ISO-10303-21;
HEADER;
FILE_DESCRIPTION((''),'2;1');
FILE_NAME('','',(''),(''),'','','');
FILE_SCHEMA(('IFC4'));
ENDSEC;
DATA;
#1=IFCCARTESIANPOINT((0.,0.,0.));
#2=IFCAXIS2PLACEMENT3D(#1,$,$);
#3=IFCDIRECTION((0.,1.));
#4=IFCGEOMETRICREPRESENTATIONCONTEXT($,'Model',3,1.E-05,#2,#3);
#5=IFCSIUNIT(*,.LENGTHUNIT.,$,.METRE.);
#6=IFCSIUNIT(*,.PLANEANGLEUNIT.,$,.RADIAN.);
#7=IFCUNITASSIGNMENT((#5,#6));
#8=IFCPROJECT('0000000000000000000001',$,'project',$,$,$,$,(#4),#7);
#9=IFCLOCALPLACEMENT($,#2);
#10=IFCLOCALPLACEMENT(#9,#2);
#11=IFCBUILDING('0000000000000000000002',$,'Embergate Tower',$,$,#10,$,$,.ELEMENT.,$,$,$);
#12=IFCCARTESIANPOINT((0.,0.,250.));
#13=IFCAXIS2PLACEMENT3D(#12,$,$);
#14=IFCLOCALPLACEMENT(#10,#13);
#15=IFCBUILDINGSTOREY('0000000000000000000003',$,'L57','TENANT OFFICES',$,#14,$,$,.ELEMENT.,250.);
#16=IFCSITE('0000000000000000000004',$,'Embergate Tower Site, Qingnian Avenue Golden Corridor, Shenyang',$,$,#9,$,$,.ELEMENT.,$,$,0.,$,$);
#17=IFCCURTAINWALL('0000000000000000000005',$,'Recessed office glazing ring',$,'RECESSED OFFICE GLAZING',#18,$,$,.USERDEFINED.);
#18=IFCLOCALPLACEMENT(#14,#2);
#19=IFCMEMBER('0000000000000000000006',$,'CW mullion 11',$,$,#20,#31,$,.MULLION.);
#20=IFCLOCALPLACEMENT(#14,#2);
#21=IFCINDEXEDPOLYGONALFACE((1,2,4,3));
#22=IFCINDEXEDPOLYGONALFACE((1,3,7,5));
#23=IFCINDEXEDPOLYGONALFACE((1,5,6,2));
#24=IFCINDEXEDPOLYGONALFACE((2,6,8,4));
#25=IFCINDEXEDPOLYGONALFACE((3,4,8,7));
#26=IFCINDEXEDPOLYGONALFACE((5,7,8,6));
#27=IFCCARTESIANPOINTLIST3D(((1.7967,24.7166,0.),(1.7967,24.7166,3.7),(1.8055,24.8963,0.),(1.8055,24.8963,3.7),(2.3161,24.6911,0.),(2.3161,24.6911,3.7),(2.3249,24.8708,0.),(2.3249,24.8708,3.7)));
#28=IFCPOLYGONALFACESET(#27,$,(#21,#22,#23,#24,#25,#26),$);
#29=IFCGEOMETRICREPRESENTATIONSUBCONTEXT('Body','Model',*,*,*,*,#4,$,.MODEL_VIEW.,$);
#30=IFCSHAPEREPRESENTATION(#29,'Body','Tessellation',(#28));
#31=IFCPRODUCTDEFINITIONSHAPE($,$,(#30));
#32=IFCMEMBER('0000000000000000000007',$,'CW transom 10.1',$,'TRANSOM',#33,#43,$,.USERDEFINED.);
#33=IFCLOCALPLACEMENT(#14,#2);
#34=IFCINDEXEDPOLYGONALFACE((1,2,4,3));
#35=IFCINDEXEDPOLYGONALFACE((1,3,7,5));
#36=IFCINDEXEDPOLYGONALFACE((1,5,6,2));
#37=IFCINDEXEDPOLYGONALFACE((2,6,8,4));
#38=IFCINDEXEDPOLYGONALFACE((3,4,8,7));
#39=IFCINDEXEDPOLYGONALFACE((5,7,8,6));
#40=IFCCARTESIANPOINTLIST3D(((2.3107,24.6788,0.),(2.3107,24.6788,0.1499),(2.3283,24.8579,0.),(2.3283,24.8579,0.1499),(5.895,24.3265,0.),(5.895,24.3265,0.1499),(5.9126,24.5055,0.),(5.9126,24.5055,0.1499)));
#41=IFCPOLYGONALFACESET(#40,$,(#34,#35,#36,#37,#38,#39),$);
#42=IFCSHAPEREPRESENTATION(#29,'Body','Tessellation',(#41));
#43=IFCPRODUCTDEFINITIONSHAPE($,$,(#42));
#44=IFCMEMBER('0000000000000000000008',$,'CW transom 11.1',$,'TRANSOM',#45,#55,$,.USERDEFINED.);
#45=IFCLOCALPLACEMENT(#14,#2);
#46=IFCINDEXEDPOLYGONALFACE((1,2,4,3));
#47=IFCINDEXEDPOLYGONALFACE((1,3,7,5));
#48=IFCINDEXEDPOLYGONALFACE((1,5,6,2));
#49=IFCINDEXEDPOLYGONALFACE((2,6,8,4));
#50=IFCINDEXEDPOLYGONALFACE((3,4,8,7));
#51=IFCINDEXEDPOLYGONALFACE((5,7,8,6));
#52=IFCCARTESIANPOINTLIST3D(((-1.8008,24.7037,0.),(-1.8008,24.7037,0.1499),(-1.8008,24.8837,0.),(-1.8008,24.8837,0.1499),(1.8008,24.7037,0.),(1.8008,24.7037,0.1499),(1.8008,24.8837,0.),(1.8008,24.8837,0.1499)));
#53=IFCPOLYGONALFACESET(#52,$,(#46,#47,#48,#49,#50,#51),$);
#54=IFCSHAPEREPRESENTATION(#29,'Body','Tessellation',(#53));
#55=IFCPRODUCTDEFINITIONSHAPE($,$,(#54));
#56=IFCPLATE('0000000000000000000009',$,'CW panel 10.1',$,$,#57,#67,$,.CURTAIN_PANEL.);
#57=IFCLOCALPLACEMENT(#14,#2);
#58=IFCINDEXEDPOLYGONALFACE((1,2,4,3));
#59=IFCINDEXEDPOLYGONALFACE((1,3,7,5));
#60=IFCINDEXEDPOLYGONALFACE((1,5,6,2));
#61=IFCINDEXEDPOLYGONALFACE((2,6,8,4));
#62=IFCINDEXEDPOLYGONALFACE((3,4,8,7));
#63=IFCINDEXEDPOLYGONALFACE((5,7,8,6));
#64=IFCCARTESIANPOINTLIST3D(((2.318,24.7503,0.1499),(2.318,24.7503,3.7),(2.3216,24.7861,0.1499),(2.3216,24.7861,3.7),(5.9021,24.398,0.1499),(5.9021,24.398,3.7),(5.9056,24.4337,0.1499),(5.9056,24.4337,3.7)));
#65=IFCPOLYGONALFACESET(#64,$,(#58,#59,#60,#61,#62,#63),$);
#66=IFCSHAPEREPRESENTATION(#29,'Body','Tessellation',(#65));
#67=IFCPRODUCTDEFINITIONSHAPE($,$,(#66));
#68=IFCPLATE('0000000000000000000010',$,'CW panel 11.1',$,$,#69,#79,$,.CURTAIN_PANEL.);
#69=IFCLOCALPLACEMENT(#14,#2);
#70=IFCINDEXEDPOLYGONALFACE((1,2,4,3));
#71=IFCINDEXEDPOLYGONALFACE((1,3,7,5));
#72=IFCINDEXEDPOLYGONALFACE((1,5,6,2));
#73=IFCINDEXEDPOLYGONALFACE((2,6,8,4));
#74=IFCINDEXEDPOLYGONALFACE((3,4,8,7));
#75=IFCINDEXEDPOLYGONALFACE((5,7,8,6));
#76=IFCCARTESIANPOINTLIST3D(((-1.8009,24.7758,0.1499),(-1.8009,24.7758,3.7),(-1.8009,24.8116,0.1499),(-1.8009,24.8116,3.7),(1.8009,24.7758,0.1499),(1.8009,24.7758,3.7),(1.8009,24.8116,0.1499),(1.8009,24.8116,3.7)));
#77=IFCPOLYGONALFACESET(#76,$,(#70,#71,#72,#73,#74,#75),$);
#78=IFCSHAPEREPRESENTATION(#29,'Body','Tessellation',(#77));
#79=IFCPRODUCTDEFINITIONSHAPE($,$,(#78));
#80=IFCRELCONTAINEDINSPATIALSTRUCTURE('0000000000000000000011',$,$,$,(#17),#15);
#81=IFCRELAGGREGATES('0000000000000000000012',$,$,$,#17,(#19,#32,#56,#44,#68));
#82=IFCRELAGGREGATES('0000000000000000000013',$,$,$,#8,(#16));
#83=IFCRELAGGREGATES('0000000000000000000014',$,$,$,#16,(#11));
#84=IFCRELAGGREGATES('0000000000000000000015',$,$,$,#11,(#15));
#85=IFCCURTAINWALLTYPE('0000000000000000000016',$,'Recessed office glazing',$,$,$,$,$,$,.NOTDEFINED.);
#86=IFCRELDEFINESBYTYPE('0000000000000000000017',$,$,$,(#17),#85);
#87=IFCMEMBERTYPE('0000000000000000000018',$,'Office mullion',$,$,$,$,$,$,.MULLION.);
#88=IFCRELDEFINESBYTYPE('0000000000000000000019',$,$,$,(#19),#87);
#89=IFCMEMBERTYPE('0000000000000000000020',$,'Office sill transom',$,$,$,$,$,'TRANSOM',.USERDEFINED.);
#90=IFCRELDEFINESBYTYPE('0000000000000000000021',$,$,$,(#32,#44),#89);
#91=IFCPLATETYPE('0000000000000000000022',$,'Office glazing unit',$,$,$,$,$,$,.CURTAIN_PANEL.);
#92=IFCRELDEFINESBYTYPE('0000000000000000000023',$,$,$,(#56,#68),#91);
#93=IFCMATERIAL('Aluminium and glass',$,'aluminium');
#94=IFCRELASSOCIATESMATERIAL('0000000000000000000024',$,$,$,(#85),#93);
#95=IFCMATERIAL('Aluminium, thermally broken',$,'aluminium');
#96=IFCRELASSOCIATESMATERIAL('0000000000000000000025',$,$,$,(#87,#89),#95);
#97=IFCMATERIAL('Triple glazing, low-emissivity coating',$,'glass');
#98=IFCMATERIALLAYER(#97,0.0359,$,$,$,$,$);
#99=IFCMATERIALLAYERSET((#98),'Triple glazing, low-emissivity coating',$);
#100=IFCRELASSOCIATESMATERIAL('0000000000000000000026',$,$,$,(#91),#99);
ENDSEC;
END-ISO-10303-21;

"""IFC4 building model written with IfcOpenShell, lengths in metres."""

from ifc_helpers import new_model, si_unit, direction, frame, origin, origin_2d, place, context, subcontext, project, spatial, rectangle, extrude, source, transform, mapped, material, layer, layer_set, material_profile, profile_set, type_object, element, aggregate, save


model = new_model("IFC4")

# Units and contexts
model_context = context("Model", 3, precision=1e-05, world=origin(), true_north=direction((0.0, 1.0)))
body_context = subcontext(model_context, "Body", "Model", "MODEL_VIEW")
ifc_project = project(units=[si_unit("LENGTHUNIT", "METRE"), si_unit("PLANEANGLEUNIT", "RADIAN")], contexts=[model_context])

# Site, building, storey
site_placement = place(None, origin())
site = spatial("IfcSite", under=ifc_project, at=site_placement, Name="Embergate Tower Site, Qingnian Avenue Golden Corridor, Shenyang", CompositionType="ELEMENT", RefElevation=0.0)
building_placement = place(site_placement, origin())
building = spatial("IfcBuilding", under=site, at=building_placement, Name="Embergate Tower", CompositionType="ELEMENT")
storey_placement = place(building_placement, frame((0.0, 0.0, 250.0)))
storey = spatial("IfcBuildingStorey", under=building, at=storey_placement, Name="L57", Description="TENANT OFFICES", CompositionType="ELEMENT", Elevation=250.0)

# Curtain wall, members, plates
ifc_material_1 = material(Name="Aluminium and glass", Category="aluminium")
curtain_wall_type = type_object("IfcCurtainWallType", Name="Recessed office glazing", PredefinedType="NOTDEFINED", material=ifc_material_1)
curtain_wall_placement = place(storey_placement, origin())
curtain_wall = element("IfcCurtainWall", 1, at=curtain_wall_placement, inside=storey, type_object=curtain_wall_type, Name="Recessed office glazing ring", ObjectType="RECESSED OFFICE GLAZING", PredefinedType="USERDEFINED")
ifc_material_2 = material(Name="Aluminium, thermally broken", Category="aluminium")
ifc_material_profile_1 = material_profile(ifc_material_2, rectangle(XDim=0.1799, YDim=0.52, at=origin_2d()), Name="AL 520x180")
ifc_profile_set_1 = profile_set([ifc_material_profile_1], Name="Aluminium, thermally broken")
member_type_1 = type_object("IfcMemberType", Name="Office mullion", PredefinedType="MULLION", material=ifc_profile_set_1)
shared_shape_1 = source(origin(), body_context, "Body", "SweptSolid", [
    extrude(rectangle(XDim=0.1799, YDim=0.52, at=origin_2d()), origin(), (0.0, 0.0, 1.0), 3.7),
])
member_1_placement = place(storey_placement, frame((2.0608, 24.7937, 0.0), z_axis=(0.0, 0.0, 1.0), x_axis=(-0.048972, -0.9988, 0.0)))
member_1 = element("IfcMember", 2, at=member_1_placement, type_object=member_type_1, Name="CW mullion 11", PredefinedType="MULLION", context=body_context, shape_type="MappedRepresentation", body=[
    mapped(shared_shape_1, transform((0.0, 0.0, 0.0))),
])
ifc_material_profile_2 = material_profile(ifc_material_2, rectangle(XDim=0.1799, YDim=0.1499, at=origin_2d()), Name="AL 150x180")
ifc_profile_set_2 = profile_set([ifc_material_profile_2], Name="Aluminium, thermally broken")
member_type_2 = type_object("IfcMemberType", Name="Office sill transom", ElementType="TRANSOM", PredefinedType="USERDEFINED", material=ifc_profile_set_2)
shared_shape_2 = source(origin(), body_context, "Body", "SweptSolid", [
    extrude(rectangle(XDim=0.1799, YDim=0.1499, at=origin_2d()), origin(), (0.0, 0.0, 1.0), 3.6016),
])
member_2_placement = place(storey_placement, frame((5.9038, 24.416, 0.075), z_axis=(-0.995204, 0.097819, 0.0), x_axis=(-0.097819, -0.995204, 0.0)))
member_2 = element("IfcMember", 3, at=member_2_placement, type_object=member_type_2, Name="CW transom 10.1", ObjectType="TRANSOM", PredefinedType="USERDEFINED", context=body_context, shape_type="MappedRepresentation", body=[
    mapped(shared_shape_2, transform((0.0, 0.0, 0.0))),
])
member_3_placement = place(storey_placement, frame((1.8008, 24.7937, 0.075), z_axis=(-1.0, 0.0, 0.0), x_axis=(0.0, -1.0, 0.0)))
member_3 = element("IfcMember", 4, at=member_3_placement, type_object=member_type_2, Name="CW transom 11.1", ObjectType="TRANSOM", PredefinedType="USERDEFINED", context=body_context, shape_type="MappedRepresentation", body=[
    mapped(shared_shape_2, transform((0.0, 0.0, 0.0))),
])
ifc_material_3 = material(Name="Triple glazing, low-emissivity coating", Category="glass")
ifc_layer = layer(ifc_material_3, 0.0359)
ifc_layer_set = layer_set([ifc_layer], Name="Triple glazing, low-emissivity coating")
plate_type = type_object("IfcPlateType", Name="Office glazing unit", PredefinedType="CURTAIN_PANEL", material=ifc_layer_set)
shared_shape_3 = source(origin(), body_context, "Body", "SweptSolid", [
    extrude(rectangle(XDim=3.6013, YDim=0.0359, at=origin_2d()), origin(), (0.0, 0.0, 1.0), 3.55),
])
plate_1_placement = place(storey_placement, frame((4.1118, 24.592, 0.1499), z_axis=(0.0, 0.0, 1.0), x_axis=(-0.995203, 0.09783, 0.0)))
plate_1 = element("IfcPlate", 5, at=plate_1_placement, type_object=plate_type, Name="CW panel 10.1", PredefinedType="CURTAIN_PANEL", context=body_context, shape_type="MappedRepresentation", body=[
    mapped(shared_shape_3, transform((0.0, 0.0, 0.0))),
])
shared_shape_4 = source(origin(), body_context, "Body", "SweptSolid", [
    extrude(rectangle(XDim=3.6018, YDim=0.0359, at=origin_2d()), origin(), (0.0, 0.0, 1.0), 3.55),
])
plate_2_placement = place(storey_placement, frame((0.0, 24.7937, 0.1499), z_axis=(0.0, 0.0, 1.0), x_axis=(-1.0, 0.0, 0.0)))
plate_2 = element("IfcPlate", 6, at=plate_2_placement, type_object=plate_type, Name="CW panel 11.1", PredefinedType="CURTAIN_PANEL", context=body_context, shape_type="MappedRepresentation", body=[
    mapped(shared_shape_4, transform((0.0, 0.0, 0.0))),
])
aggregate(curtain_wall, [member_1, member_2, plate_1, member_3, plate_2])

save(model, "model.ifc")
